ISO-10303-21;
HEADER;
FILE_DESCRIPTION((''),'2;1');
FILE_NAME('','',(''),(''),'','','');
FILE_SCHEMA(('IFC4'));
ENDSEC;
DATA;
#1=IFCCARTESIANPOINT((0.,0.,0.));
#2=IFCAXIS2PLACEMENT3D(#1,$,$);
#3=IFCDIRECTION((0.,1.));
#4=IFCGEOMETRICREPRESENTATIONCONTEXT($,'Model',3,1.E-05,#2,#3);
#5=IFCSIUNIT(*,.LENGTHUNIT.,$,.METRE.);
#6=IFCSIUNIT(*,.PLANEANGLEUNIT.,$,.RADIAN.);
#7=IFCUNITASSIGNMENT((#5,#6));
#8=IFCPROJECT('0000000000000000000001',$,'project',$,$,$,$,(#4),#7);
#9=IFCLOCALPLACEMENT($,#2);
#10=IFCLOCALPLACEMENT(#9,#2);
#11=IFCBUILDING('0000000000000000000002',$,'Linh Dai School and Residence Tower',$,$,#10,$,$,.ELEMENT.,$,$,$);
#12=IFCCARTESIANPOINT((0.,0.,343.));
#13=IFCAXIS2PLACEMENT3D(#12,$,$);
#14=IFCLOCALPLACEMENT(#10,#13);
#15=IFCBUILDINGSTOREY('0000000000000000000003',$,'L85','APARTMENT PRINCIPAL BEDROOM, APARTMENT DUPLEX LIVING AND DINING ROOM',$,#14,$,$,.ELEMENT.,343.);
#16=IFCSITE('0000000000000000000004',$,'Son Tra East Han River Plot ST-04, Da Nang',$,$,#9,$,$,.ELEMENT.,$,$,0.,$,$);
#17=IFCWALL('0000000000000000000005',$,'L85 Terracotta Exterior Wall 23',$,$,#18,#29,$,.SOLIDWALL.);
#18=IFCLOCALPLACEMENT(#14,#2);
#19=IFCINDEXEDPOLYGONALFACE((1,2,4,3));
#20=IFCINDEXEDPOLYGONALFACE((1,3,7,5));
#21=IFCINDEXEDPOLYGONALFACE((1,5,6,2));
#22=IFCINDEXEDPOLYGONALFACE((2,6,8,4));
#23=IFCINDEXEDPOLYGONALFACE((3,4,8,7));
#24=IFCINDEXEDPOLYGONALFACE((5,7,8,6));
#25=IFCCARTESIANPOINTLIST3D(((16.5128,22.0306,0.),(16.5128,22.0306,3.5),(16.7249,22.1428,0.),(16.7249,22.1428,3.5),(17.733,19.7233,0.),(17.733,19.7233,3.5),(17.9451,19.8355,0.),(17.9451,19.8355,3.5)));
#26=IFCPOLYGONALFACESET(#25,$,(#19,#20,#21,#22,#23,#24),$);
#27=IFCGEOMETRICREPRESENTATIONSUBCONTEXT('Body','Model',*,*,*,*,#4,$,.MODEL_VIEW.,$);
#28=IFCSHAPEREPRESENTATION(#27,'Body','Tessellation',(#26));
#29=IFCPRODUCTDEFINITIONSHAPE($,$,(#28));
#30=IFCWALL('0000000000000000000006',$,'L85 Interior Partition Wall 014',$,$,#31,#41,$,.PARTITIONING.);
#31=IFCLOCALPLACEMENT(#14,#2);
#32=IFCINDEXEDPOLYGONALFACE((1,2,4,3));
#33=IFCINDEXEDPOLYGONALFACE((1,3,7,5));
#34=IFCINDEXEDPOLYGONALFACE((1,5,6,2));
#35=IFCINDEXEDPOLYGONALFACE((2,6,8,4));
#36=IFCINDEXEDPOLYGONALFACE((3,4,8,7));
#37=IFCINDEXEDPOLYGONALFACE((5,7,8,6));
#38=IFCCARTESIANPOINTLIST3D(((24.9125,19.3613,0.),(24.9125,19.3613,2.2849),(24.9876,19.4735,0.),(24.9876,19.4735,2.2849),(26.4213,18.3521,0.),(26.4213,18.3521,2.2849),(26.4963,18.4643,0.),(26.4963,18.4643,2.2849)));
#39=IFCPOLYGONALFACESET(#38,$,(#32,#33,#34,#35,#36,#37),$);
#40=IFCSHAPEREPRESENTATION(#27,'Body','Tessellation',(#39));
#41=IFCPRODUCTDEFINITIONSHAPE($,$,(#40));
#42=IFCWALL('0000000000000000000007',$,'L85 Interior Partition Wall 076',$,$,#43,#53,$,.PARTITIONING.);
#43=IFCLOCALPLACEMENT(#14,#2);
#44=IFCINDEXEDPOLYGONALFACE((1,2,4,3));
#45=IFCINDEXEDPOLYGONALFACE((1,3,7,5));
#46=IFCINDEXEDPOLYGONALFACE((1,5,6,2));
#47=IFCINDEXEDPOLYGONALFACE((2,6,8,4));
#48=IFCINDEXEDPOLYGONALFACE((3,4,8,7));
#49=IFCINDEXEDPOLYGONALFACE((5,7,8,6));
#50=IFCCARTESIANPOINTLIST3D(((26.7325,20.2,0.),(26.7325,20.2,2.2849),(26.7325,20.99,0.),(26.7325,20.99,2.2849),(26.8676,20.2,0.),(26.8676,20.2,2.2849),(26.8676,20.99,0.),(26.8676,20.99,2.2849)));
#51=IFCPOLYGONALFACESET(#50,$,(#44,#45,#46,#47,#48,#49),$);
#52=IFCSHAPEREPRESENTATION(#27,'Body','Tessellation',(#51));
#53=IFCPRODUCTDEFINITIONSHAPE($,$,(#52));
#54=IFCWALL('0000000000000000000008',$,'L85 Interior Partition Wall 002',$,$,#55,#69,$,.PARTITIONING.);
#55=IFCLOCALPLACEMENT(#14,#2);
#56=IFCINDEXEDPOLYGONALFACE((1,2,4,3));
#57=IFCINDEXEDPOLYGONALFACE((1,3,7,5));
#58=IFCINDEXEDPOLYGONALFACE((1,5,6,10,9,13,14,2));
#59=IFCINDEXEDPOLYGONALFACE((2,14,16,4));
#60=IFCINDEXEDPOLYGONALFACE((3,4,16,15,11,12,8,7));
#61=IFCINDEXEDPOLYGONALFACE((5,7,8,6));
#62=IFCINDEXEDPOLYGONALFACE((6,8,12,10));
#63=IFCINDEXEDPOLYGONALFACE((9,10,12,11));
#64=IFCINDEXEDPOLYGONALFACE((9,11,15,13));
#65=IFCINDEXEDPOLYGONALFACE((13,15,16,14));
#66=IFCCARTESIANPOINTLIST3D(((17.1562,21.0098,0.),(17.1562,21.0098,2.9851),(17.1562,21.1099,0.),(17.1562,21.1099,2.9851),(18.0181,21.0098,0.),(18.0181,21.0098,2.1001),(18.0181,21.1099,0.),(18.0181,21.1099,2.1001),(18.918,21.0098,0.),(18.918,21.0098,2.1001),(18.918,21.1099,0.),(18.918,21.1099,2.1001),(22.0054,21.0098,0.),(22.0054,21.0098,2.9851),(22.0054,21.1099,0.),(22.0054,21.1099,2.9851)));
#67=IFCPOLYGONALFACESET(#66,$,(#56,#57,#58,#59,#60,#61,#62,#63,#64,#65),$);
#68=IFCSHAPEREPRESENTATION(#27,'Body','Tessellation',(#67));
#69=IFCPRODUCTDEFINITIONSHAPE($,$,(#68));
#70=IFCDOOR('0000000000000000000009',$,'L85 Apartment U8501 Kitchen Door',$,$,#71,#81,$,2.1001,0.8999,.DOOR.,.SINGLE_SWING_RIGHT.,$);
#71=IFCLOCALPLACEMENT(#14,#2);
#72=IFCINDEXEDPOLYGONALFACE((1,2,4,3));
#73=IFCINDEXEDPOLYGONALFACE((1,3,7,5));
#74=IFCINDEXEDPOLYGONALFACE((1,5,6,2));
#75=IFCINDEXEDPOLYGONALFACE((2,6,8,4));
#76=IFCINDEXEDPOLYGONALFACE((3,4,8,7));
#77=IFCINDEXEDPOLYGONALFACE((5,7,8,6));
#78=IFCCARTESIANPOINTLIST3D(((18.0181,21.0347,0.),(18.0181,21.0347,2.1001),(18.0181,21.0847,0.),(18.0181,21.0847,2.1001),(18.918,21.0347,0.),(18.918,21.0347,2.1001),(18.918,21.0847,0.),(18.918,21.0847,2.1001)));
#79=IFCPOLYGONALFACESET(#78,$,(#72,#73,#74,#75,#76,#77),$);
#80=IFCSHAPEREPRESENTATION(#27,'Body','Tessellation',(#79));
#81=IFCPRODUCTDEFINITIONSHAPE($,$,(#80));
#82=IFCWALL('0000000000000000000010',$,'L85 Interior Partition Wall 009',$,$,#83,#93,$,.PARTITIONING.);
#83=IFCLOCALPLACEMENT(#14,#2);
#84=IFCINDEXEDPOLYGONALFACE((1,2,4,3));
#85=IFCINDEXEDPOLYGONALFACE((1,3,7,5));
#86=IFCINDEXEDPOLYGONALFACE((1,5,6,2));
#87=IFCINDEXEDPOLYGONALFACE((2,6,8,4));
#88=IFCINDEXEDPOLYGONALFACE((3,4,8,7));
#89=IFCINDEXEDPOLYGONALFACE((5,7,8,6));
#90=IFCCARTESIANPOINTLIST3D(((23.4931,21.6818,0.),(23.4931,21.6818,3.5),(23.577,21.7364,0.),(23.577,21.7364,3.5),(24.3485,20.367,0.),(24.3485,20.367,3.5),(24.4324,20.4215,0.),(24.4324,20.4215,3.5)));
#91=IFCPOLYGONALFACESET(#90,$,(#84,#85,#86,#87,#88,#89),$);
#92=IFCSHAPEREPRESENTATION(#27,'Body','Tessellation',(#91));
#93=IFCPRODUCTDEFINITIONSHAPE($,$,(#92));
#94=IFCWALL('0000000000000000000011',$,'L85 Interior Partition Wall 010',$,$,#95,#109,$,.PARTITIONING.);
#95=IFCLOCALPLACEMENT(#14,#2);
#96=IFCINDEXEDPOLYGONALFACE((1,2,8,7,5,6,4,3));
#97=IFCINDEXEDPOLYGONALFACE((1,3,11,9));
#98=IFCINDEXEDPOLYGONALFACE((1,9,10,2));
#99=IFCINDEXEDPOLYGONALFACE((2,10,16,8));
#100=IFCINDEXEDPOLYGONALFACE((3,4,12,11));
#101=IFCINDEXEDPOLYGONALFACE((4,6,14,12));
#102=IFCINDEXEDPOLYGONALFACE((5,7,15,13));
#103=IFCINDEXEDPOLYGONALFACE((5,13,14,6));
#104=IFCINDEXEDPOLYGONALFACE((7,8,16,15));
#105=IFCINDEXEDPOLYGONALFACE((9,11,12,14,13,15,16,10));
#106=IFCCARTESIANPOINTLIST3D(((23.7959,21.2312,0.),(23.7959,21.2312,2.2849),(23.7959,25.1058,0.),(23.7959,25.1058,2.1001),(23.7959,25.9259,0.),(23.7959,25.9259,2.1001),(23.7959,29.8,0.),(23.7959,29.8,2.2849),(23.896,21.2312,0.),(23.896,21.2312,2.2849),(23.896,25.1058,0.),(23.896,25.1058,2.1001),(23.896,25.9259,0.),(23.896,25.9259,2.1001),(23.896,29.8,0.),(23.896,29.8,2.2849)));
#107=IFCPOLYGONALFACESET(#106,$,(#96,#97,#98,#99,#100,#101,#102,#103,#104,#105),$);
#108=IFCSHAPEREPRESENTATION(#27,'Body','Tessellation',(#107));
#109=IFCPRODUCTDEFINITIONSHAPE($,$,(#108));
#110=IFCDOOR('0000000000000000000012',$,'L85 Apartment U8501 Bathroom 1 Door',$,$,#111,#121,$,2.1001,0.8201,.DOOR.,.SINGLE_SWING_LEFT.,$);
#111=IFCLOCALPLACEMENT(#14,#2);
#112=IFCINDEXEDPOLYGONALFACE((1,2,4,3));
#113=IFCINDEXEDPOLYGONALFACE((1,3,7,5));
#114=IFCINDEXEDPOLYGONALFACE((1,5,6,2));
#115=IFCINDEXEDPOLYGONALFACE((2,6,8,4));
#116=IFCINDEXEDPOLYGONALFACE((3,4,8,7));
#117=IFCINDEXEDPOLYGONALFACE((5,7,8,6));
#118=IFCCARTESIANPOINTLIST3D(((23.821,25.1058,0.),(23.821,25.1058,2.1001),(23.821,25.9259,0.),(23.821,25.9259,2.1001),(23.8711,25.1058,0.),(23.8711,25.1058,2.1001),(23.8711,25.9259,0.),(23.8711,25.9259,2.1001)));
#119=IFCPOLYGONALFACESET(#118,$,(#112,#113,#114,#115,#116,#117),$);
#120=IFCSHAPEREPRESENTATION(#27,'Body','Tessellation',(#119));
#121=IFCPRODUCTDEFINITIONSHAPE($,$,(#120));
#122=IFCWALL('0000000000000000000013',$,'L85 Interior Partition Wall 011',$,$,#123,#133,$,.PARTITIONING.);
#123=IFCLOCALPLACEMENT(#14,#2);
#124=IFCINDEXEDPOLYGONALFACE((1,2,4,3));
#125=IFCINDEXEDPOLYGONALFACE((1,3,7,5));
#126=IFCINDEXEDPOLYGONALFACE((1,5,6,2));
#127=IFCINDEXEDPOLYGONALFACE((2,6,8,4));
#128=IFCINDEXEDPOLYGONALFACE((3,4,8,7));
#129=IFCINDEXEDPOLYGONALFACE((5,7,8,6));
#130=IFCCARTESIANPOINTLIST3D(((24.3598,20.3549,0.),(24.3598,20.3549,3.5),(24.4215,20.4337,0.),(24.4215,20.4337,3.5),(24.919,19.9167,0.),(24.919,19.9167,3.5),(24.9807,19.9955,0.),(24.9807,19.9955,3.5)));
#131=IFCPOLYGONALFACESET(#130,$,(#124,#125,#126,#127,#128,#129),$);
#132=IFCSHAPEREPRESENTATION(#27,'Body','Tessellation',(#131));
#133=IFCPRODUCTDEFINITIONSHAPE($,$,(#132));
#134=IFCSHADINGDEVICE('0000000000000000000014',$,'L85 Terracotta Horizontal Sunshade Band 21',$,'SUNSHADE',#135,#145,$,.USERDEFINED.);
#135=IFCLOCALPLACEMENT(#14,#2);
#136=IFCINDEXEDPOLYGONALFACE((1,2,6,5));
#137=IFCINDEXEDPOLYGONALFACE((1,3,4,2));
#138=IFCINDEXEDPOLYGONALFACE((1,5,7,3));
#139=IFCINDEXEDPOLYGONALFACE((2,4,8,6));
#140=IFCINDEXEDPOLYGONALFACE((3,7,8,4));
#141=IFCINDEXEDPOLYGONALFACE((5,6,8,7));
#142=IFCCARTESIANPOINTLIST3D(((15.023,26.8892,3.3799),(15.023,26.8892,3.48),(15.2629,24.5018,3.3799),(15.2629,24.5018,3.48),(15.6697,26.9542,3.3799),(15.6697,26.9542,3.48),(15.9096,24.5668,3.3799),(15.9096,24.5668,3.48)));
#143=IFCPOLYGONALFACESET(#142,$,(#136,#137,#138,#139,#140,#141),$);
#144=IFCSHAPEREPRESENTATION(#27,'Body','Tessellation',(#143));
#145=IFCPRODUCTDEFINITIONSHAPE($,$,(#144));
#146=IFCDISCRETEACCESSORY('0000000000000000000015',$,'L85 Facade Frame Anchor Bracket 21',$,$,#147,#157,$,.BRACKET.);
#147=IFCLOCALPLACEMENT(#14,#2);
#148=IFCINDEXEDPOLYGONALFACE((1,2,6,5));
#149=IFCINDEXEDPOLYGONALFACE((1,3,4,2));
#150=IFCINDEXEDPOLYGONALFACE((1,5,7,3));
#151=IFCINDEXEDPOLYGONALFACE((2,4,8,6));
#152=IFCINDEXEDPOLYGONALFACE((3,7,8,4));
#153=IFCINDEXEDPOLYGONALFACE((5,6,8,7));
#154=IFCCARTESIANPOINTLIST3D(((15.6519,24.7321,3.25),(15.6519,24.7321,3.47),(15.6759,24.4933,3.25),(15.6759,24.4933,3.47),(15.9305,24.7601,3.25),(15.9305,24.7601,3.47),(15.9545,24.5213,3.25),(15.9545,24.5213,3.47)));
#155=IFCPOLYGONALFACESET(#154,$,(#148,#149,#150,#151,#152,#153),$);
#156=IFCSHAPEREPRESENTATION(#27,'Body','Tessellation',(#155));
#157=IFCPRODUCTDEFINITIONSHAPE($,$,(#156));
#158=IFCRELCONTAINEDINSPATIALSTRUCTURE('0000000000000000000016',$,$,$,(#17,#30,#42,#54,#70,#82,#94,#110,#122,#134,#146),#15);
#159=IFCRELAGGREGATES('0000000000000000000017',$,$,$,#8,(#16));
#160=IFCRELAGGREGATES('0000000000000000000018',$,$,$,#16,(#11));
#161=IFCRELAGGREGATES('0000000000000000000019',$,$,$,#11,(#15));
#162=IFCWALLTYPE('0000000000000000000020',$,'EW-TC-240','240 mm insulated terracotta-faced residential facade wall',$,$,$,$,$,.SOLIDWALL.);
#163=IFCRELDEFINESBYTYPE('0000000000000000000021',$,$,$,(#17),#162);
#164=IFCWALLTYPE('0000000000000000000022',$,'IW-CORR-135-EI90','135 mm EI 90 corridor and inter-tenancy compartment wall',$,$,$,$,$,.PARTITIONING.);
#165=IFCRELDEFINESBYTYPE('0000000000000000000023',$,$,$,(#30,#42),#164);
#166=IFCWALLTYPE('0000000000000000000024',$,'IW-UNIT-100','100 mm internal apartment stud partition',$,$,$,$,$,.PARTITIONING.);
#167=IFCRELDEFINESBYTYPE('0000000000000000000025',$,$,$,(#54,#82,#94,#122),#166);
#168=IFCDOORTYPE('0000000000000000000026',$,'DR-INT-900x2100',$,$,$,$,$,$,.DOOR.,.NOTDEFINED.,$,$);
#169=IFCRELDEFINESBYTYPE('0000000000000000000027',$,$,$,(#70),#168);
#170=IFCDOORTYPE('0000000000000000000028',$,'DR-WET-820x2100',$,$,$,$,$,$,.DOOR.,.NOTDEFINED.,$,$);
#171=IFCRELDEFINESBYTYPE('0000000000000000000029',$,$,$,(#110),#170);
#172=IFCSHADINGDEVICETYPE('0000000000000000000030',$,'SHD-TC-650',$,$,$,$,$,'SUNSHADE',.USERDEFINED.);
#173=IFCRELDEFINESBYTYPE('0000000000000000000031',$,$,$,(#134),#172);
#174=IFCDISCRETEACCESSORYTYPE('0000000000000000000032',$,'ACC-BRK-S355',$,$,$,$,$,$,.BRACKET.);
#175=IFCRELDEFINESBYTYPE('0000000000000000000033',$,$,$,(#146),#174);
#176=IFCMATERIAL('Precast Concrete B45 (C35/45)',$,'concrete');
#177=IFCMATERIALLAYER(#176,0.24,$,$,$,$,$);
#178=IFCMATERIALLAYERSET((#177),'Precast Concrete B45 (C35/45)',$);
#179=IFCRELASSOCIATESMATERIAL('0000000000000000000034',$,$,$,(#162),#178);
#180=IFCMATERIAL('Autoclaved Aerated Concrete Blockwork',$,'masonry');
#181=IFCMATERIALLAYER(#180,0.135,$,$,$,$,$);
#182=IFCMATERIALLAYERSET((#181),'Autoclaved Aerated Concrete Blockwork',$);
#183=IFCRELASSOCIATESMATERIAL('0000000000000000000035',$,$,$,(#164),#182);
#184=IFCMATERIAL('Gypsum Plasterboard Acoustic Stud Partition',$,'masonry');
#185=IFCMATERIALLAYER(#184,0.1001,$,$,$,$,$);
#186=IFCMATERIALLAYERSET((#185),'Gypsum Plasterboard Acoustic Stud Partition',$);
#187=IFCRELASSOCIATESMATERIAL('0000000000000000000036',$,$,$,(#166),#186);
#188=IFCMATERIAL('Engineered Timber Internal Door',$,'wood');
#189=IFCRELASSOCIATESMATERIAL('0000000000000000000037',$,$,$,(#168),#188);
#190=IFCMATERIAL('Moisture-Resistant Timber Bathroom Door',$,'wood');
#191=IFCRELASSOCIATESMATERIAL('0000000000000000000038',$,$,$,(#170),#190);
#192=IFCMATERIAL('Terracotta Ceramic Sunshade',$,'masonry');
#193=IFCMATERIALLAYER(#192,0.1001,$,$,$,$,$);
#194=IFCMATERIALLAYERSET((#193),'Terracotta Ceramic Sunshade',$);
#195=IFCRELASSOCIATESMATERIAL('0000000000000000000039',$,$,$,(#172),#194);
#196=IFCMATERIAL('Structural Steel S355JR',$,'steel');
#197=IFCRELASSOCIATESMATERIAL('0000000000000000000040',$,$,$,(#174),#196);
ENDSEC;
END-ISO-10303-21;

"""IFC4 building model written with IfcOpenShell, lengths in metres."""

from ifc_helpers import new_model, si_unit, direction, frame, frame_2d, origin, origin_2d, place, context, subcontext, project, spatial, rectangle, extrude, source, transform, mapped, material, layer, layer_set, type_object, element, fill, save


model = new_model("IFC4")

# Units and contexts
model_context = context("Model", 3, precision=1e-05, world=origin(), true_north=direction((0.0, 1.0)))
body_context = subcontext(model_context, "Body", "Model", "MODEL_VIEW")
ifc_project = project(units=[si_unit("LENGTHUNIT", "METRE"), si_unit("PLANEANGLEUNIT", "RADIAN")], contexts=[model_context])

# Site, building, storey
site_placement = place(None, origin())
site = spatial("IfcSite", under=ifc_project, at=site_placement, Name="Son Tra East Han River Plot ST-04, Da Nang", CompositionType="ELEMENT", RefElevation=0.0)
building_placement = place(site_placement, origin())
building = spatial("IfcBuilding", under=site, at=building_placement, Name="Linh Dai School and Residence Tower", CompositionType="ELEMENT")
storey_placement = place(building_placement, frame((0.0, 0.0, 343.0)))
storey = spatial("IfcBuildingStorey", under=building, at=storey_placement, Name="L85", Description="APARTMENT PRINCIPAL BEDROOM, APARTMENT DUPLEX LIVING AND DINING ROOM", CompositionType="ELEMENT", Elevation=343.0)

# Shared definitions
ifc_material_1 = material(Name="Structural Steel S355JR", Category="steel")

# Shared definitions
ifc_material_2 = material(Name="Precast Concrete B45 (C35/45)", Category="concrete")

# Shared definitions
ifc_layer_1 = layer(ifc_material_2, 0.24)
ifc_layer_set_1 = layer_set([ifc_layer_1], Name="Precast Concrete B45 (C35/45)")
wall_type_1 = type_object("IfcWallType", Name="EW-TC-240", Description="240 mm insulated terracotta-faced residential facade wall", PredefinedType="SOLIDWALL", material=ifc_layer_set_1)

# Walls
wall_1_placement = place(storey_placement, frame((17.8391, 19.7793, 0.0), z_axis=(0.0, 0.0, 1.0), x_axis=(-0.467488, 0.883999, 0.0)))
element("IfcWall", 1, at=wall_1_placement, inside=storey, type_object=wall_type_1, Name="L85 Terracotta Exterior Wall 23", PredefinedType="SOLIDWALL", context=body_context, shape_type="SweptSolid", body=[
    extrude(rectangle(XDim=2.6101, YDim=0.24, at=frame_2d((1.3052, 0.0))), origin(), (0.0, 0.0, 1.0), 3.5),
])
ifc_material_3 = material(Name="Autoclaved Aerated Concrete Blockwork", Category="masonry")
ifc_layer_2 = layer(ifc_material_3, 0.135)
ifc_layer_set_2 = layer_set([ifc_layer_2], Name="Autoclaved Aerated Concrete Blockwork")
wall_type_2 = type_object("IfcWallType", Name="IW-CORR-135-EI90", Description="135 mm EI 90 corridor and inter-tenancy compartment wall", PredefinedType="PARTITIONING", material=ifc_layer_set_2)
wall_2_placement = place(storey_placement, frame((24.95, 19.4175, 0.0), z_axis=(0.0, 0.0, 1.0), x_axis=(0.83118, -0.556003, 0.0)))
element("IfcWall", 2, at=wall_2_placement, inside=storey, type_object=wall_type_2, Name="L85 Interior Partition Wall 014", PredefinedType="PARTITIONING", context=body_context, shape_type="SweptSolid", body=[
    extrude(rectangle(XDim=1.8152, YDim=0.135, at=frame_2d((0.9077, 0.0))), origin(), (0.0, 0.0, 1.0), 2.2849),
])
wall_3_placement = place(storey_placement, frame((26.8, 20.99, 0.0), z_axis=(0.0, 0.0, 1.0), x_axis=(0.0, -1.0, 0.0)))
element("IfcWall", 3, at=wall_3_placement, inside=storey, type_object=wall_type_2, Name="L85 Interior Partition Wall 076", PredefinedType="PARTITIONING", context=body_context, shape_type="SweptSolid", body=[
    extrude(rectangle(XDim=0.79, YDim=0.135, at=frame_2d((0.395, 0.0))), origin(), (0.0, 0.0, 1.0), 2.2849),
])

# Wall, opening, door
ifc_material_4 = material(Name="Gypsum Plasterboard Acoustic Stud Partition", Category="masonry")
ifc_layer_3 = layer(ifc_material_4, 0.1001)
ifc_layer_set_3 = layer_set([ifc_layer_3], Name="Gypsum Plasterboard Acoustic Stud Partition")
wall_type_3 = type_object("IfcWallType", Name="IW-UNIT-100", Description="100 mm internal apartment stud partition", PredefinedType="PARTITIONING", material=ifc_layer_set_3)
wall_4_placement = place(storey_placement, frame((17.1562, 21.0598, 0.0), z_axis=(0.0, 0.0, 1.0), x_axis=(1.0, 0.0, 0.0)))
wall_4 = element("IfcWall", 4, at=wall_4_placement, inside=storey, type_object=wall_type_3, Name="L85 Interior Partition Wall 002", PredefinedType="PARTITIONING", context=body_context, shape_type="SweptSolid", body=[
    extrude(rectangle(XDim=4.8491, YDim=0.1001, at=frame_2d((2.4246, 0.0))), origin(), (0.0, 0.0, 1.0), 2.9851),
])
opening_1_placement = place(wall_4_placement, frame((0.8618, 0.0, 0.0)))
opening_1 = element("IfcOpeningElement", 5, at=opening_1_placement, cuts=wall_4, PredefinedType="OPENING", context=body_context, shape_type="SweptSolid", body=[
    extrude(rectangle(XDim=0.8999, YDim=2.1001, at=origin_2d()), frame((0.45, 0.0601, 1.05), z_axis=(0.0, -1.0, 0.0), x_axis=(1.0, 0.0, 0.0)), (0.0, 0.0, 1.0), 0.1201),
])
ifc_material_5 = material(Name="Engineered Timber Internal Door", Category="wood")
door_type_1 = type_object("IfcDoorType", Name="DR-INT-900x2100", OperationType="NOTDEFINED", PredefinedType="DOOR", material=ifc_material_5)
shared_shape_1 = source(origin(), body_context, "Body", "SweptSolid", [
    extrude(rectangle(XDim=0.8999, YDim=2.1001, at=origin_2d()), frame((0.45, 0.0249, 1.05), z_axis=(0.0, -1.0, 0.0), x_axis=(1.0, 0.0, 0.0)), (0.0, 0.0, 1.0), 0.05),
])
door_1_placement = place(opening_1_placement, origin())
door_1 = element("IfcDoor", 6, at=door_1_placement, inside=storey, type_object=door_type_1, Name="L85 Apartment U8501 Kitchen Door", OperationType="SINGLE_SWING_RIGHT", OverallHeight=2.1001, OverallWidth=0.8999, PredefinedType="DOOR", context=body_context, shape_type="MappedRepresentation", body=[
    mapped(shared_shape_1, transform((0.0, 0.0, 0.0), x_axis=(1.0, 0.0, 0.0), y_axis=(0.0, 1.0, 0.0), z_axis=(0.0, 0.0, 1.0), scale=1.0)),
])
fill(opening_1, door_1)

# Wall
wall_5_placement = place(storey_placement, frame((23.5352, 21.709, 0.0), z_axis=(0.0, 0.0, 1.0), x_axis=(0.545327, -0.838223, 0.0)))
element("IfcWall", 7, at=wall_5_placement, inside=storey, type_object=wall_type_3, Name="L85 Interior Partition Wall 009", PredefinedType="PARTITIONING", context=body_context, shape_type="SweptSolid", body=[
    extrude(rectangle(XDim=1.5686, YDim=0.1001, at=frame_2d((0.7842, 0.0))), origin(), (0.0, 0.0, 1.0), 3.5),
])

# Wall, opening, door
wall_6_placement = place(storey_placement, frame((23.8459, 21.2312, 0.0), z_axis=(0.0, 0.0, 1.0), x_axis=(0.0, 1.0, 0.0)))
wall_6 = element("IfcWall", 8, at=wall_6_placement, inside=storey, type_object=wall_type_3, Name="L85 Interior Partition Wall 010", PredefinedType="PARTITIONING", context=body_context, shape_type="SweptSolid", body=[
    extrude(rectangle(XDim=8.5688, YDim=0.1001, at=frame_2d((4.2844, 0.0))), origin(), (0.0, 0.0, 1.0), 2.2849),
])
opening_2_placement = place(wall_6_placement, frame((3.8745, 0.0, 0.0)))
opening_2 = element("IfcOpeningElement", 9, at=opening_2_placement, cuts=wall_6, PredefinedType="OPENING", context=body_context, shape_type="SweptSolid", body=[
    extrude(rectangle(XDim=0.8201, YDim=2.1001, at=origin_2d()), frame((0.4102, 0.0601, 1.05), z_axis=(0.0, -1.0, 0.0), x_axis=(1.0, 0.0, 0.0)), (0.0, 0.0, 1.0), 0.1201),
])
ifc_material_6 = material(Name="Moisture-Resistant Timber Bathroom Door", Category="wood")
door_type_2 = type_object("IfcDoorType", Name="DR-WET-820x2100", OperationType="NOTDEFINED", PredefinedType="DOOR", material=ifc_material_6)
shared_shape_2 = source(origin(), body_context, "Body", "SweptSolid", [
    extrude(rectangle(XDim=0.8201, YDim=2.1001, at=origin_2d()), frame((0.4102, 0.0249, 1.05), z_axis=(0.0, -1.0, 0.0), x_axis=(1.0, 0.0, 0.0)), (0.0, 0.0, 1.0), 0.05),
])
door_2_placement = place(opening_2_placement, origin())
door_2 = element("IfcDoor", 10, at=door_2_placement, inside=storey, type_object=door_type_2, Name="L85 Apartment U8501 Bathroom 1 Door", OperationType="SINGLE_SWING_LEFT", OverallHeight=2.1001, OverallWidth=0.8201, PredefinedType="DOOR", context=body_context, shape_type="MappedRepresentation", body=[
    mapped(shared_shape_2, transform((0.0, 0.0, 0.0), x_axis=(1.0, 0.0, 0.0), y_axis=(0.0, 1.0, 0.0), z_axis=(0.0, 0.0, 1.0), scale=1.0)),
])
fill(opening_2, door_2)

# Wall
wall_7_placement = place(storey_placement, frame((24.3906, 20.3943, 0.0), z_axis=(0.0, 0.0, 1.0), x_axis=(0.787164, -0.616744, 0.0)))
element("IfcWall", 11, at=wall_7_placement, inside=storey, type_object=wall_type_3, Name="L85 Interior Partition Wall 011", PredefinedType="PARTITIONING", context=body_context, shape_type="SweptSolid", body=[
    extrude(rectangle(XDim=0.7104, YDim=0.1001, at=frame_2d((0.3552, 0.0))), origin(), (0.0, 0.0, 1.0), 3.5),
])

# Shading device
ifc_material_7 = material(Name="Terracotta Ceramic Sunshade", Category="masonry")
ifc_layer_4 = layer(ifc_material_7, 0.1001)
ifc_layer_set_4 = layer_set([ifc_layer_4], Name="Terracotta Ceramic Sunshade")
shading_device_type = type_object("IfcShadingDeviceType", Name="SHD-TC-650", ElementType="SUNSHADE", PredefinedType="USERDEFINED", material=ifc_layer_set_4)
shared_shape_3 = source(origin(), body_context, "Body", "SweptSolid", [
    extrude(rectangle(XDim=2.3994, YDim=0.6499, at=origin_2d()), origin(), (0.0, 0.0, 1.0), 0.1001),
])
shading_device_placement = place(storey_placement, frame((15.4663, 25.728, 3.3799), z_axis=(0.0, 0.0, 1.0), x_axis=(-0.099992, 0.994988, 0.0)))
element("IfcShadingDevice", 12, at=shading_device_placement, inside=storey, type_object=shading_device_type, Name="L85 Terracotta Horizontal Sunshade Band 21", ObjectType="SUNSHADE", PredefinedType="USERDEFINED", context=body_context, shape_type="MappedRepresentation", body=[
    mapped(shared_shape_3, transform((0.0, 0.0, 0.0), x_axis=(1.0, 0.0, 0.0), y_axis=(0.0, 1.0, 0.0), z_axis=(0.0, 0.0, 1.0), scale=1.0)),
])

# Discrete accessory
discrete_accessory_type = type_object("IfcDiscreteAccessoryType", Name="ACC-BRK-S355", PredefinedType="BRACKET", material=ifc_material_1)
shared_shape_4 = source(origin(), body_context, "Body", "SweptSolid", [
    extrude(rectangle(XDim=0.28, YDim=0.24, at=origin_2d()), origin(), (0.0, 0.0, 1.0), 0.22),
])
discrete_accessory_placement = place(storey_placement, frame((15.8032, 24.6267, 3.25), z_axis=(0.0, 0.0, 1.0), x_axis=(-0.994988, -0.099992, 0.0)))
element("IfcDiscreteAccessory", 13, at=discrete_accessory_placement, inside=storey, type_object=discrete_accessory_type, Name="L85 Facade Frame Anchor Bracket 21", PredefinedType="BRACKET", context=body_context, shape_type="MappedRepresentation", body=[
    mapped(shared_shape_4, transform((0.0, 0.0, 0.0), x_axis=(1.0, 0.0, 0.0), y_axis=(0.0, 1.0, 0.0), z_axis=(0.0, 0.0, 1.0), scale=1.0)),
])

save(model, "model.ifc")
